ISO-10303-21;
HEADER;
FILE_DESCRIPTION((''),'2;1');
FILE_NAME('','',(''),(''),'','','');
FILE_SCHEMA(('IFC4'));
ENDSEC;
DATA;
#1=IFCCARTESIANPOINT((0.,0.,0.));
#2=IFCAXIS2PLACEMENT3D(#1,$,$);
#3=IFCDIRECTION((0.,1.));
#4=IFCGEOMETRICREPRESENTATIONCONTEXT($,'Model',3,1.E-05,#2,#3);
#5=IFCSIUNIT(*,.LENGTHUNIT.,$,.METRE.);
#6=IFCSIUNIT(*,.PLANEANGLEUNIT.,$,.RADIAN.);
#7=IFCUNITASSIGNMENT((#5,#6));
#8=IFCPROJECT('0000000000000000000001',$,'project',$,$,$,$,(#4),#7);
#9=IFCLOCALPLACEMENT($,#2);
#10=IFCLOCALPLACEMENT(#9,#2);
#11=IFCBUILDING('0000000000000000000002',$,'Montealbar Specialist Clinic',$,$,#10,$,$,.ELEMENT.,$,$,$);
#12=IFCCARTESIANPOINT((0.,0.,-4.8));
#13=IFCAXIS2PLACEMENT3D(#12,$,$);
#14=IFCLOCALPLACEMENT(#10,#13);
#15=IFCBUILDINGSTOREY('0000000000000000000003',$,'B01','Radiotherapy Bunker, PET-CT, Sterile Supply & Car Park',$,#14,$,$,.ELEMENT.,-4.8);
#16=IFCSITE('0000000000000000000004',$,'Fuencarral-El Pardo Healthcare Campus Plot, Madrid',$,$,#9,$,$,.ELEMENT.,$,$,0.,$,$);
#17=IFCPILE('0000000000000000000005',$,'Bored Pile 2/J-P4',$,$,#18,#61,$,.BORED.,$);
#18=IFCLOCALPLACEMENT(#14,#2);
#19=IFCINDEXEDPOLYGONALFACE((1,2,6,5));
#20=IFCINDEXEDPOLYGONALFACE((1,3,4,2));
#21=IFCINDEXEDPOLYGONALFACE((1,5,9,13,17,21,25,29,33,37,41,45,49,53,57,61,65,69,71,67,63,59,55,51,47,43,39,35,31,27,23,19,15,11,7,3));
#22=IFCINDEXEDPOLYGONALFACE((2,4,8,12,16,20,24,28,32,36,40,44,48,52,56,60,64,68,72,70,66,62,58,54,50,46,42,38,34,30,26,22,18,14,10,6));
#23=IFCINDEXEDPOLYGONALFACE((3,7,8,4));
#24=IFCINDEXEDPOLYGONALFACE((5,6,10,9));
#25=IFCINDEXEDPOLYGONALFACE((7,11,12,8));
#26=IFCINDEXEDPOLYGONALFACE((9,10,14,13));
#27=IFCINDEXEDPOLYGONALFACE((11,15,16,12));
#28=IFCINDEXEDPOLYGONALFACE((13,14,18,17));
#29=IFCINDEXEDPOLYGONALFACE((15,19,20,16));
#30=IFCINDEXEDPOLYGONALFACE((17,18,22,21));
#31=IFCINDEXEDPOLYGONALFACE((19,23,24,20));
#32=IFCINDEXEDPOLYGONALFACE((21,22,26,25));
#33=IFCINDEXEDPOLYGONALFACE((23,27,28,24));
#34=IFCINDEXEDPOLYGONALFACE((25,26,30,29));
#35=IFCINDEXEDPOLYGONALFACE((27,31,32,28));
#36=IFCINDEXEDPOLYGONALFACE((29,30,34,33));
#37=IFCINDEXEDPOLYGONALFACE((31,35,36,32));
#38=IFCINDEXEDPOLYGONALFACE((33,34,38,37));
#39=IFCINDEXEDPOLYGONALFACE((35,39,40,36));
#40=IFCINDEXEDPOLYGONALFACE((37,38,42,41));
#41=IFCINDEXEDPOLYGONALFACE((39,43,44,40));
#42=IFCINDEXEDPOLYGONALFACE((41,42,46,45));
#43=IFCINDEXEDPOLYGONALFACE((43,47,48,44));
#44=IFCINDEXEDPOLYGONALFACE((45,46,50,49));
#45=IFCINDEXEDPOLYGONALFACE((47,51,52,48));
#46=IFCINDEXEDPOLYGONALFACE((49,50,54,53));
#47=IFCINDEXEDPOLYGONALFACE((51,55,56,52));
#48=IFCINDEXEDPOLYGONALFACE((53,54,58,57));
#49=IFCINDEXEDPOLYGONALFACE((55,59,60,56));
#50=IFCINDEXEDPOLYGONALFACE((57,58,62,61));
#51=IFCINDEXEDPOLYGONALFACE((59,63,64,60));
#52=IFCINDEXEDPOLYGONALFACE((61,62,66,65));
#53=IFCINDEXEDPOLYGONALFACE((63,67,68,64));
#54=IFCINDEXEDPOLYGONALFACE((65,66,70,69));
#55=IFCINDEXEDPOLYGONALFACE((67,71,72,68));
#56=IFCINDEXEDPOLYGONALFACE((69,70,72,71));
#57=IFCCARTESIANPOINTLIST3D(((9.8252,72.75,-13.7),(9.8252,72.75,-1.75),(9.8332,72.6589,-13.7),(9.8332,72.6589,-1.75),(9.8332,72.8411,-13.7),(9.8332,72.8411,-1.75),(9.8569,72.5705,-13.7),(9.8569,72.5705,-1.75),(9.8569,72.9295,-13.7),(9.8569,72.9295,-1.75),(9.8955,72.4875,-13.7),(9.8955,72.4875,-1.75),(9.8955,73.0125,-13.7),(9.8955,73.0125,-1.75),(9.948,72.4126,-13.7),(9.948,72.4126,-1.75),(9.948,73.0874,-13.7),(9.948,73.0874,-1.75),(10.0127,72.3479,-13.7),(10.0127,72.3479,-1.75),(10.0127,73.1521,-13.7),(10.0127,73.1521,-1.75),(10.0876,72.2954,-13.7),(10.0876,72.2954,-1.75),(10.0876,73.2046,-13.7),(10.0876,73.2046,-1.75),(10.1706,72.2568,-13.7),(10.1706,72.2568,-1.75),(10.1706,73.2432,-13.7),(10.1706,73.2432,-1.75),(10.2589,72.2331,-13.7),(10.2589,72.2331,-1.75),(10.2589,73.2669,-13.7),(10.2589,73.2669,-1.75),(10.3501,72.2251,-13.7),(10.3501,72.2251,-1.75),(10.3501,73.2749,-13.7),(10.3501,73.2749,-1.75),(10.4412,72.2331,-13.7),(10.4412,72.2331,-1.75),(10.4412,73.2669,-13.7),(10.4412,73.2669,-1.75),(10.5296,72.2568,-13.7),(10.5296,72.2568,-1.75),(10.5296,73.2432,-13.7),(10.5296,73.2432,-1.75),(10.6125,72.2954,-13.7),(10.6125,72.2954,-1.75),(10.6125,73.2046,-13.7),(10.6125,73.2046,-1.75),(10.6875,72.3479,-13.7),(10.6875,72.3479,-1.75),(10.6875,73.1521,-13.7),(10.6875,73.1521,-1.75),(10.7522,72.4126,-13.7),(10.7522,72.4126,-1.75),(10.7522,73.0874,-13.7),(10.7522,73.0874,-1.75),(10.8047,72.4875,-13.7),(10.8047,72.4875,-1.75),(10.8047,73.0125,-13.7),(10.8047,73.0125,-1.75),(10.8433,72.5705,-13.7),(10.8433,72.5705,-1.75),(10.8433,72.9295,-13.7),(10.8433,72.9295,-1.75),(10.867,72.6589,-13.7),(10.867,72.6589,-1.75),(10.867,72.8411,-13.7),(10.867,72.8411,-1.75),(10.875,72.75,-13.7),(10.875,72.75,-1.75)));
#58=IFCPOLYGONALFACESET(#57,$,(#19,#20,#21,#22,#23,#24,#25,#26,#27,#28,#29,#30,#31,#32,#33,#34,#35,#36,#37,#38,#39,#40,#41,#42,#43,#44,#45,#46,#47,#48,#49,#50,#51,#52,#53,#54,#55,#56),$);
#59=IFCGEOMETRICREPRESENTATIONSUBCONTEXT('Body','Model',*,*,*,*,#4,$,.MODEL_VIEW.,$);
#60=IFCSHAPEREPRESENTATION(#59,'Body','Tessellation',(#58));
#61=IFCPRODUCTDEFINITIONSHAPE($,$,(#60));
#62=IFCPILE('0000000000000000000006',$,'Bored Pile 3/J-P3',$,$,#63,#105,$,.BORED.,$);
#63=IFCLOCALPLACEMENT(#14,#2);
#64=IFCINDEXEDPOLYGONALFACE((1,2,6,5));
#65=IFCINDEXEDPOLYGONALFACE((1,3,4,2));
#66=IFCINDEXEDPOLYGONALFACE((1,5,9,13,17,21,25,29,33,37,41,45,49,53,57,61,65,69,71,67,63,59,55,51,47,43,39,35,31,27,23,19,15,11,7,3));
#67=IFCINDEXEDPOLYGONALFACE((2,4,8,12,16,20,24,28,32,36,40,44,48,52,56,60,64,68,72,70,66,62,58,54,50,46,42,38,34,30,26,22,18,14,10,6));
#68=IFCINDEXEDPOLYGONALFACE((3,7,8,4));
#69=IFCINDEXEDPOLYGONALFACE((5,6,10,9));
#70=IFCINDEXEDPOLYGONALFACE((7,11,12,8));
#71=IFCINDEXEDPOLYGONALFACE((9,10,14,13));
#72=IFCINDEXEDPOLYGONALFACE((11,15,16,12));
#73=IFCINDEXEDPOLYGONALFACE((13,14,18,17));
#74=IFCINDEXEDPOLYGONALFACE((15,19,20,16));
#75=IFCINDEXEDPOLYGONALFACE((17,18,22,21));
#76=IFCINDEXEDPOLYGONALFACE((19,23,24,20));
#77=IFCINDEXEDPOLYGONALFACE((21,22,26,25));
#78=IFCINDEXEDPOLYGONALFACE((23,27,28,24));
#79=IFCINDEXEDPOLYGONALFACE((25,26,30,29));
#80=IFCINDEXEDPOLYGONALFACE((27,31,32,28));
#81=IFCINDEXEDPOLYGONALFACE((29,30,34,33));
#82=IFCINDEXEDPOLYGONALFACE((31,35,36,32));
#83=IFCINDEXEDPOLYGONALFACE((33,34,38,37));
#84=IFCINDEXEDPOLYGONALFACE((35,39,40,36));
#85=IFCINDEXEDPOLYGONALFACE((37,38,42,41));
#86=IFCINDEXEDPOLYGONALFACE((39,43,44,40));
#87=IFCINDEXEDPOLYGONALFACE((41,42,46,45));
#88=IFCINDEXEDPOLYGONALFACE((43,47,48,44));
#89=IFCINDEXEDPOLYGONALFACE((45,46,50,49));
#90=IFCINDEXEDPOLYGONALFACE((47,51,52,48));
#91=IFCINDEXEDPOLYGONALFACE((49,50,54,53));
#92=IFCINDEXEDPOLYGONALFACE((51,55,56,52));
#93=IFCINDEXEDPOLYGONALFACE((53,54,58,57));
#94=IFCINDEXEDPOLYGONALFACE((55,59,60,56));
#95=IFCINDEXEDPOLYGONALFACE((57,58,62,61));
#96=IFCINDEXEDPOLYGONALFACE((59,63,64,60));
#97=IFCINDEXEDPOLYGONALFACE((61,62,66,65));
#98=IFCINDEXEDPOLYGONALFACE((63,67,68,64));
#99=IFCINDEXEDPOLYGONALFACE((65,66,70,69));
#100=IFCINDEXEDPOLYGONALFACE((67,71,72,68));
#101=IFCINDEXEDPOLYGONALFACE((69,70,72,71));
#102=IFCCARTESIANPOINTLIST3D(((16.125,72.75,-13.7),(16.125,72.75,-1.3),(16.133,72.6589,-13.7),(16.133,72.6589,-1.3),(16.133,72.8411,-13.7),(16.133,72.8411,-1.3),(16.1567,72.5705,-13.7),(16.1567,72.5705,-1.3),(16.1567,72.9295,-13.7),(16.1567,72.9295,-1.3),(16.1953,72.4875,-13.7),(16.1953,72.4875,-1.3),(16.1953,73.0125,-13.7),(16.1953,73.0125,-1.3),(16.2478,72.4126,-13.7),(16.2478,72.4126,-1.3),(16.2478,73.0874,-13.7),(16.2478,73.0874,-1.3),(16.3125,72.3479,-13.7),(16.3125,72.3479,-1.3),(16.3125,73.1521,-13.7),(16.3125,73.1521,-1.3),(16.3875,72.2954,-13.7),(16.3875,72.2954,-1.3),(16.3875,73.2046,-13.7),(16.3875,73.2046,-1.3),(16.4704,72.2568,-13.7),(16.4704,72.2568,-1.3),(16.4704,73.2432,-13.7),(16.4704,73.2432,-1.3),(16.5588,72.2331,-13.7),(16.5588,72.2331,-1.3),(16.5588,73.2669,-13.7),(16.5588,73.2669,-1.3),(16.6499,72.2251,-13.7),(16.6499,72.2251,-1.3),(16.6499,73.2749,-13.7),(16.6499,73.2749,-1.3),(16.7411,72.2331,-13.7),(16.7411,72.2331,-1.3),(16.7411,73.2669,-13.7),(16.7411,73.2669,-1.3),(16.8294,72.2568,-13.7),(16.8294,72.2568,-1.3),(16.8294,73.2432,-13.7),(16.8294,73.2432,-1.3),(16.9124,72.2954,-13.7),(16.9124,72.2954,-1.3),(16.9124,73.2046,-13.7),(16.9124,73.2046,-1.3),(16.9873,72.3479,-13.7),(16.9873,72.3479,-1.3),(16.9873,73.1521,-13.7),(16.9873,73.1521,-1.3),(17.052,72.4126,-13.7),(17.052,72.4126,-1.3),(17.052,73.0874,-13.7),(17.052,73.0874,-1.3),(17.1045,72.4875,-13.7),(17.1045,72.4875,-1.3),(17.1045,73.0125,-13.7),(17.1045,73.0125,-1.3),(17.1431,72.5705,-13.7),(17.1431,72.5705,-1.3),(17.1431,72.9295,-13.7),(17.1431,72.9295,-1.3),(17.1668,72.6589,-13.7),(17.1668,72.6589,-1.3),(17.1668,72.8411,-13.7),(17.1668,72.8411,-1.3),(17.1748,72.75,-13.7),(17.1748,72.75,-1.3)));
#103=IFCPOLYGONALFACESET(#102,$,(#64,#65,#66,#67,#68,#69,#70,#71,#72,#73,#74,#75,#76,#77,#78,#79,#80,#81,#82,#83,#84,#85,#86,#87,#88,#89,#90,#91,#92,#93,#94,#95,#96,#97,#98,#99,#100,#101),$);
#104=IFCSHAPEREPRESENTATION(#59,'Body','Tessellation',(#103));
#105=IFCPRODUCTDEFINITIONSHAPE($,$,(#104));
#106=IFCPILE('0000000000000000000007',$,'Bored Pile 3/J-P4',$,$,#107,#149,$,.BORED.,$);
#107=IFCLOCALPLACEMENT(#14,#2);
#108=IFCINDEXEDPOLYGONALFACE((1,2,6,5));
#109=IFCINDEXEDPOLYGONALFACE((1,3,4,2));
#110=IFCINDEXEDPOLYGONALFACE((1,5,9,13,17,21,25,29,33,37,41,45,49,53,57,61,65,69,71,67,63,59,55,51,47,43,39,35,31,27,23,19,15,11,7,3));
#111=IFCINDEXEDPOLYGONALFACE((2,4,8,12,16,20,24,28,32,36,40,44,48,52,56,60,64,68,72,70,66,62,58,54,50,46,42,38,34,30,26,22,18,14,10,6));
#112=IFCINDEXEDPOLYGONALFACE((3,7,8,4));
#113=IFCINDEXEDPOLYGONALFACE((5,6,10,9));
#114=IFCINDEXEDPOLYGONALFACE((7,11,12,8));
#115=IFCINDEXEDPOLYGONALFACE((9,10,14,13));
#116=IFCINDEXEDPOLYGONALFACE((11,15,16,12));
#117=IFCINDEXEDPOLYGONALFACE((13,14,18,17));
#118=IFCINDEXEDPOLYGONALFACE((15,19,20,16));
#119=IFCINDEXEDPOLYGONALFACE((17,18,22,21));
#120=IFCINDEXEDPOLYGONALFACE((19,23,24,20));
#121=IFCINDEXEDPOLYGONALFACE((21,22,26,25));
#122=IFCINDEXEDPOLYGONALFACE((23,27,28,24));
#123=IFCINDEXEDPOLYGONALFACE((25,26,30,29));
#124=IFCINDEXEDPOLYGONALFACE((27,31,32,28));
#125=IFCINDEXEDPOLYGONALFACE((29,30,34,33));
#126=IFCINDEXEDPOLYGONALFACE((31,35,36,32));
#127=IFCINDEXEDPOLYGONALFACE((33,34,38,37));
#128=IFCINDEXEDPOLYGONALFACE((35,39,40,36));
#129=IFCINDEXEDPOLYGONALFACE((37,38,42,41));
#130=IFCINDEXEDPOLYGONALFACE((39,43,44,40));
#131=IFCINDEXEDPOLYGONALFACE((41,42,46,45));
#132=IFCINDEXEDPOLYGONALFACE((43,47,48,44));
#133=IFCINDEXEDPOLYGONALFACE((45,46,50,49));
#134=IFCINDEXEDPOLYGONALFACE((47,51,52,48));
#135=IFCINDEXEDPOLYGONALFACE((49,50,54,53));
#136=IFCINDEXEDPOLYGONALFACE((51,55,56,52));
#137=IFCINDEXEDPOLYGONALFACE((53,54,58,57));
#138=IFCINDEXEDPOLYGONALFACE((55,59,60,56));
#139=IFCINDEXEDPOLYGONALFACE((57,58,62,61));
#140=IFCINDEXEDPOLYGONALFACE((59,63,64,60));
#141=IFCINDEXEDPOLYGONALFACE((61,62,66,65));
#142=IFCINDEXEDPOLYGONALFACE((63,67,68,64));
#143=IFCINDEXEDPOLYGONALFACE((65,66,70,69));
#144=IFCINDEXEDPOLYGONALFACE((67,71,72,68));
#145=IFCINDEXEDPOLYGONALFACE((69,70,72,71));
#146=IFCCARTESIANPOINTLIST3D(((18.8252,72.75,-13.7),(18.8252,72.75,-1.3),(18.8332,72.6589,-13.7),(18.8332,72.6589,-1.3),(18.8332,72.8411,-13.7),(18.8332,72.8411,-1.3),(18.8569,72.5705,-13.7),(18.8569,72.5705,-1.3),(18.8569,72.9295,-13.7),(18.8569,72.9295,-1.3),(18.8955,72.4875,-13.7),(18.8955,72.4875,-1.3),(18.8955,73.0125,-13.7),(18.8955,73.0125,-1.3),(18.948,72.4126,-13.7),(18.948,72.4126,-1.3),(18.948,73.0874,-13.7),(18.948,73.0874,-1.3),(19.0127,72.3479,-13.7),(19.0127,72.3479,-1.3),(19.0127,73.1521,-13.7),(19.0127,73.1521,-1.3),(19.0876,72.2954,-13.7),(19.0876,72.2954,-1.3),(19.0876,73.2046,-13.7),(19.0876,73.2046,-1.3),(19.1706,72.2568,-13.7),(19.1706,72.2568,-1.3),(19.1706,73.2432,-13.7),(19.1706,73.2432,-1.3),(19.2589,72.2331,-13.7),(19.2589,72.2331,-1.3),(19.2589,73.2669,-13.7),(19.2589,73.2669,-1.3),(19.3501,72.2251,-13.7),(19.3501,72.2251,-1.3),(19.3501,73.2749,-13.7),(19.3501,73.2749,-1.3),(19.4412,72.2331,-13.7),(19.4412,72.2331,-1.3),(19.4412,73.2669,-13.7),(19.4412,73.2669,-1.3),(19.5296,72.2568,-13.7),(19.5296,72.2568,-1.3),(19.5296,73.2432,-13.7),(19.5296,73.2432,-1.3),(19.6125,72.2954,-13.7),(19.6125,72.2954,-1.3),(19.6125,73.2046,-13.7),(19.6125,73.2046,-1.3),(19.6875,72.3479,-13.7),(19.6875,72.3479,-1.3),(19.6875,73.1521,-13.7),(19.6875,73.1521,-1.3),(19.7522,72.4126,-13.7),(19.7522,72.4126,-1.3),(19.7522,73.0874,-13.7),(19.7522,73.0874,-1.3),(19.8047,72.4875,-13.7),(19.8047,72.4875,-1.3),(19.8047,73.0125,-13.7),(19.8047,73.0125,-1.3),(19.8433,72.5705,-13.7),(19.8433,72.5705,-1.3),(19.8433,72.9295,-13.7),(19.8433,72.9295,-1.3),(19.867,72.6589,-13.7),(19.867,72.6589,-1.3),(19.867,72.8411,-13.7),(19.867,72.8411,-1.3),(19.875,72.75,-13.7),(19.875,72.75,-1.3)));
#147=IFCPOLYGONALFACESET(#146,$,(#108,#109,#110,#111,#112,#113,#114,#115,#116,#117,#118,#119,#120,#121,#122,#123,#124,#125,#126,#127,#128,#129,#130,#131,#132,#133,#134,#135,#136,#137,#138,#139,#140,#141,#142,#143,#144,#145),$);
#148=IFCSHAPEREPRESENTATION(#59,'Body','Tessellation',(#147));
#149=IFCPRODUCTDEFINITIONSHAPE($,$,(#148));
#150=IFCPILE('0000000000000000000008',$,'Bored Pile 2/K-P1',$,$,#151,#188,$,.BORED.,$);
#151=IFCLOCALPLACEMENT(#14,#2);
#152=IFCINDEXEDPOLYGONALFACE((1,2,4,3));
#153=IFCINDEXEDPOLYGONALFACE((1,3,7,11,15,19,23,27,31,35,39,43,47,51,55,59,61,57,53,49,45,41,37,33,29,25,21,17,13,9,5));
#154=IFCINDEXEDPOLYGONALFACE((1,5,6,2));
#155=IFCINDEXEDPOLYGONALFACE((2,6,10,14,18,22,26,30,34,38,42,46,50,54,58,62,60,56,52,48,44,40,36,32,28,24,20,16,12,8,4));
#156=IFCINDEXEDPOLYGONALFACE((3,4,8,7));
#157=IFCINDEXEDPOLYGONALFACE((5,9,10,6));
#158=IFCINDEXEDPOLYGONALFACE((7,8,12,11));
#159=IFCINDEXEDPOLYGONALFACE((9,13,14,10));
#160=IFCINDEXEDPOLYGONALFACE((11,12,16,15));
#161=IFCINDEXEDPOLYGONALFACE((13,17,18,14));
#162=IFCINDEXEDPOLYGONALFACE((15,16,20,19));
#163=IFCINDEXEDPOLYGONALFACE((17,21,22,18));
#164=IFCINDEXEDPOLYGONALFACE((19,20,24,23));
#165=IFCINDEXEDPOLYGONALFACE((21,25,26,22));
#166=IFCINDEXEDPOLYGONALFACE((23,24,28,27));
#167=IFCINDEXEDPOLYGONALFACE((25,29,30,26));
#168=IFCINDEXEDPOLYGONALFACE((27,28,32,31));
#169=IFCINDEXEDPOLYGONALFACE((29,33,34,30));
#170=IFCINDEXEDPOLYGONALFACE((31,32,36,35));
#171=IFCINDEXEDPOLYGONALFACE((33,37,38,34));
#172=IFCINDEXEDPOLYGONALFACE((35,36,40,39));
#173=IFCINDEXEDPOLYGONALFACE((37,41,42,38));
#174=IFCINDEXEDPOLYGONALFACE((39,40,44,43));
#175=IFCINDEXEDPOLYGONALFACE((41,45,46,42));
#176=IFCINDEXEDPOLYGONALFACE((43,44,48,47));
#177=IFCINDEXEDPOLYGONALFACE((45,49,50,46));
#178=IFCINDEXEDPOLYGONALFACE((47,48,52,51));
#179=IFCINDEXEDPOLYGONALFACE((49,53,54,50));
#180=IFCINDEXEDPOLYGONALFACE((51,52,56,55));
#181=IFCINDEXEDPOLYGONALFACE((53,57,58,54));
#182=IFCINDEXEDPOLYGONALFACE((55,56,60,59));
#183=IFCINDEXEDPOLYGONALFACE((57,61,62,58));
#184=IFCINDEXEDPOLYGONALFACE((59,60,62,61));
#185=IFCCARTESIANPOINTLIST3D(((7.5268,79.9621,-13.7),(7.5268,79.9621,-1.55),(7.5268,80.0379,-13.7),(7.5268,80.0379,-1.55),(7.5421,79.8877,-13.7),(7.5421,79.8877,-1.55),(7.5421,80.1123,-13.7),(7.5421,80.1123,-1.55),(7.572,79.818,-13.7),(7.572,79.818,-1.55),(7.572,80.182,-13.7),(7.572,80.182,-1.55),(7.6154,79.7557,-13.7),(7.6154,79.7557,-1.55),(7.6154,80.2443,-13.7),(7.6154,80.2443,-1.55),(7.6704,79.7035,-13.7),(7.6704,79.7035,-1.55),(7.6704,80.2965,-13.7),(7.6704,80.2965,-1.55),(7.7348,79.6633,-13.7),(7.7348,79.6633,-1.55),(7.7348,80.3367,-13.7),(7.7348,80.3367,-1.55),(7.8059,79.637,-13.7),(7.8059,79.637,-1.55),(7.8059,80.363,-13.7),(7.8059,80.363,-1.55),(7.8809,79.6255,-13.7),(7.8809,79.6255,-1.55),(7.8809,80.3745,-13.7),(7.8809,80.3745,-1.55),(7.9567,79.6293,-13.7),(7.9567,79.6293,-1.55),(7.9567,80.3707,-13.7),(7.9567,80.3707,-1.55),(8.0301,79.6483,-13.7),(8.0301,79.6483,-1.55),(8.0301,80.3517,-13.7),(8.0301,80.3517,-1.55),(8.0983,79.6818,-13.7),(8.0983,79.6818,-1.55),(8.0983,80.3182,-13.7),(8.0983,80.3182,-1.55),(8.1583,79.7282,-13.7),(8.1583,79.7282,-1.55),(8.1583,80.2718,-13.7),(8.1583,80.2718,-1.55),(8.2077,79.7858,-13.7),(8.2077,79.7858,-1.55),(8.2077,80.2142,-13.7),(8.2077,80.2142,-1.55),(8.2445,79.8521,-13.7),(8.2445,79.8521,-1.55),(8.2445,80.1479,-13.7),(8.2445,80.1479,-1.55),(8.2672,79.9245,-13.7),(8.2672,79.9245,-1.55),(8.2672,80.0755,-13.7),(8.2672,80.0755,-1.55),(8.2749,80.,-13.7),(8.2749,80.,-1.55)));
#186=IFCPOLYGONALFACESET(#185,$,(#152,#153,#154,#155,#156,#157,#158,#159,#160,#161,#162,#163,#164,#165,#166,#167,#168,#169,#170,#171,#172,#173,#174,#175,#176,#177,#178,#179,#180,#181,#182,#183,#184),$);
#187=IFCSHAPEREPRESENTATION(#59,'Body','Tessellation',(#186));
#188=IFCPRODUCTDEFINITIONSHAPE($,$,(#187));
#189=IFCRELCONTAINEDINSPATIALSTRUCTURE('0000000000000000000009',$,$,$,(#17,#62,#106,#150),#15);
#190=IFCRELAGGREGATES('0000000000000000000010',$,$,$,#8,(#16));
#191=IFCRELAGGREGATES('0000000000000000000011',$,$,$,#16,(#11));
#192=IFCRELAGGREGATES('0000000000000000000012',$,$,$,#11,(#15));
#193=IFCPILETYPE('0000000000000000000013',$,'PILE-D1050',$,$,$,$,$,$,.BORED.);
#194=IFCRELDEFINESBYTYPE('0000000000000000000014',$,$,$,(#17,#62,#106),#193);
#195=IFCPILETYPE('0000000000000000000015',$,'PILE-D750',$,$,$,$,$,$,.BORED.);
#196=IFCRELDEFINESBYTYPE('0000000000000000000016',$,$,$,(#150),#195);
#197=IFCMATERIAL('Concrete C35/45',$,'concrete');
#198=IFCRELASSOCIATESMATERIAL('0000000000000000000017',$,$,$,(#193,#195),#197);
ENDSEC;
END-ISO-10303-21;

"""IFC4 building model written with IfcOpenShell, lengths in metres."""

from ifc_helpers import new_model, si_unit, direction, frame, origin, origin_2d, place, context, subcontext, project, spatial, circle, extrude, material, material_profile, profile_set, type_object, element, save


model = new_model("IFC4")

# Units and contexts
model_context = context("Model", 3, precision=1e-05, world=origin(), true_north=direction((0.0, 1.0)))
body_context = subcontext(model_context, "Body", "Model", "MODEL_VIEW")
ifc_project = project(units=[si_unit("LENGTHUNIT", "METRE"), si_unit("PLANEANGLEUNIT", "RADIAN")], contexts=[model_context])

# Site, building, storey
site_placement = place(None, origin())
site = spatial("IfcSite", under=ifc_project, at=site_placement, Name="Fuencarral-El Pardo Healthcare Campus Plot, Madrid", CompositionType="ELEMENT", RefElevation=0.0)
building_placement = place(site_placement, origin())
building = spatial("IfcBuilding", under=site, at=building_placement, Name="Montealbar Specialist Clinic", CompositionType="ELEMENT")
storey_placement = place(building_placement, frame((0.0, 0.0, -4.8)))
storey = spatial("IfcBuildingStorey", under=building, at=storey_placement, Name="B01", Description="Radiotherapy Bunker, PET-CT, Sterile Supply & Car Park", CompositionType="ELEMENT", Elevation=-4.8)

# Shared definitions
ifc_material_1 = material(Name="Concrete C35/45", Category="concrete")

# Piles
ifc_material_profile_1 = material_profile(ifc_material_1, circle(Radius=0.5249, at=origin_2d()), Name="PILE D1050", Category="concrete")
ifc_profile_set_1 = profile_set([ifc_material_profile_1], Name="Concrete C35/45")
pile_type_1 = type_object("IfcPileType", Name="PILE-D1050", PredefinedType="BORED", material=ifc_profile_set_1)
for number, where, z_axis, x_axis, name in (
    (1, (10.3501, 72.75, -1.75), (0.0, 0.0, -1.0), (1.0, 0.0, 0.0), "Bored Pile 2/J-P4"),
):
    element("IfcPile", number, at=place(storey_placement, frame(where, z_axis=z_axis, x_axis=x_axis)), inside=storey, type_object=pile_type_1, Name=name, PredefinedType="BORED", context=body_context, shape_type="SweptSolid", body=[
        extrude(circle(Radius=0.5249, at=origin_2d()), origin(), (0.0, 0.0, 1.0), 11.95),
    ])
for number, where, z_axis, x_axis, name in (
    (2, (16.6499, 72.75, -1.3), (0.0, 0.0, -1.0), (1.0, 0.0, 0.0), "Bored Pile 3/J-P3"),
    (3, (19.3501, 72.75, -1.3), (0.0, 0.0, -1.0), (1.0, 0.0, 0.0), "Bored Pile 3/J-P4"),
):
    element("IfcPile", number, at=place(storey_placement, frame(where, z_axis=z_axis, x_axis=x_axis)), inside=storey, type_object=pile_type_1, Name=name, PredefinedType="BORED", context=body_context, shape_type="SweptSolid", body=[
        extrude(circle(Radius=0.5249, at=origin_2d()), origin(), (0.0, 0.0, 1.0), 12.3999),
    ])
ifc_material_profile_2 = material_profile(ifc_material_1, circle(Radius=0.375, at=origin_2d()), Name="PILE D750", Category="concrete")
ifc_profile_set_2 = profile_set([ifc_material_profile_2], Name="Concrete C35/45")
pile_type_2 = type_object("IfcPileType", Name="PILE-D750", PredefinedType="BORED", material=ifc_profile_set_2)
for number, where, z_axis, x_axis, name in (
    (4, (7.8999, 80.0, -1.55), (0.0, 0.0, -1.0), (1.0, 0.0, 0.0), "Bored Pile 2/K-P1"),
):
    element("IfcPile", number, at=place(storey_placement, frame(where, z_axis=z_axis, x_axis=x_axis)), inside=storey, type_object=pile_type_2, Name=name, PredefinedType="BORED", context=body_context, shape_type="SweptSolid", body=[
        extrude(circle(Radius=0.375, at=origin_2d()), origin(), (0.0, 0.0, 1.0), 12.1499),
    ])

save(model, "model.ifc")
